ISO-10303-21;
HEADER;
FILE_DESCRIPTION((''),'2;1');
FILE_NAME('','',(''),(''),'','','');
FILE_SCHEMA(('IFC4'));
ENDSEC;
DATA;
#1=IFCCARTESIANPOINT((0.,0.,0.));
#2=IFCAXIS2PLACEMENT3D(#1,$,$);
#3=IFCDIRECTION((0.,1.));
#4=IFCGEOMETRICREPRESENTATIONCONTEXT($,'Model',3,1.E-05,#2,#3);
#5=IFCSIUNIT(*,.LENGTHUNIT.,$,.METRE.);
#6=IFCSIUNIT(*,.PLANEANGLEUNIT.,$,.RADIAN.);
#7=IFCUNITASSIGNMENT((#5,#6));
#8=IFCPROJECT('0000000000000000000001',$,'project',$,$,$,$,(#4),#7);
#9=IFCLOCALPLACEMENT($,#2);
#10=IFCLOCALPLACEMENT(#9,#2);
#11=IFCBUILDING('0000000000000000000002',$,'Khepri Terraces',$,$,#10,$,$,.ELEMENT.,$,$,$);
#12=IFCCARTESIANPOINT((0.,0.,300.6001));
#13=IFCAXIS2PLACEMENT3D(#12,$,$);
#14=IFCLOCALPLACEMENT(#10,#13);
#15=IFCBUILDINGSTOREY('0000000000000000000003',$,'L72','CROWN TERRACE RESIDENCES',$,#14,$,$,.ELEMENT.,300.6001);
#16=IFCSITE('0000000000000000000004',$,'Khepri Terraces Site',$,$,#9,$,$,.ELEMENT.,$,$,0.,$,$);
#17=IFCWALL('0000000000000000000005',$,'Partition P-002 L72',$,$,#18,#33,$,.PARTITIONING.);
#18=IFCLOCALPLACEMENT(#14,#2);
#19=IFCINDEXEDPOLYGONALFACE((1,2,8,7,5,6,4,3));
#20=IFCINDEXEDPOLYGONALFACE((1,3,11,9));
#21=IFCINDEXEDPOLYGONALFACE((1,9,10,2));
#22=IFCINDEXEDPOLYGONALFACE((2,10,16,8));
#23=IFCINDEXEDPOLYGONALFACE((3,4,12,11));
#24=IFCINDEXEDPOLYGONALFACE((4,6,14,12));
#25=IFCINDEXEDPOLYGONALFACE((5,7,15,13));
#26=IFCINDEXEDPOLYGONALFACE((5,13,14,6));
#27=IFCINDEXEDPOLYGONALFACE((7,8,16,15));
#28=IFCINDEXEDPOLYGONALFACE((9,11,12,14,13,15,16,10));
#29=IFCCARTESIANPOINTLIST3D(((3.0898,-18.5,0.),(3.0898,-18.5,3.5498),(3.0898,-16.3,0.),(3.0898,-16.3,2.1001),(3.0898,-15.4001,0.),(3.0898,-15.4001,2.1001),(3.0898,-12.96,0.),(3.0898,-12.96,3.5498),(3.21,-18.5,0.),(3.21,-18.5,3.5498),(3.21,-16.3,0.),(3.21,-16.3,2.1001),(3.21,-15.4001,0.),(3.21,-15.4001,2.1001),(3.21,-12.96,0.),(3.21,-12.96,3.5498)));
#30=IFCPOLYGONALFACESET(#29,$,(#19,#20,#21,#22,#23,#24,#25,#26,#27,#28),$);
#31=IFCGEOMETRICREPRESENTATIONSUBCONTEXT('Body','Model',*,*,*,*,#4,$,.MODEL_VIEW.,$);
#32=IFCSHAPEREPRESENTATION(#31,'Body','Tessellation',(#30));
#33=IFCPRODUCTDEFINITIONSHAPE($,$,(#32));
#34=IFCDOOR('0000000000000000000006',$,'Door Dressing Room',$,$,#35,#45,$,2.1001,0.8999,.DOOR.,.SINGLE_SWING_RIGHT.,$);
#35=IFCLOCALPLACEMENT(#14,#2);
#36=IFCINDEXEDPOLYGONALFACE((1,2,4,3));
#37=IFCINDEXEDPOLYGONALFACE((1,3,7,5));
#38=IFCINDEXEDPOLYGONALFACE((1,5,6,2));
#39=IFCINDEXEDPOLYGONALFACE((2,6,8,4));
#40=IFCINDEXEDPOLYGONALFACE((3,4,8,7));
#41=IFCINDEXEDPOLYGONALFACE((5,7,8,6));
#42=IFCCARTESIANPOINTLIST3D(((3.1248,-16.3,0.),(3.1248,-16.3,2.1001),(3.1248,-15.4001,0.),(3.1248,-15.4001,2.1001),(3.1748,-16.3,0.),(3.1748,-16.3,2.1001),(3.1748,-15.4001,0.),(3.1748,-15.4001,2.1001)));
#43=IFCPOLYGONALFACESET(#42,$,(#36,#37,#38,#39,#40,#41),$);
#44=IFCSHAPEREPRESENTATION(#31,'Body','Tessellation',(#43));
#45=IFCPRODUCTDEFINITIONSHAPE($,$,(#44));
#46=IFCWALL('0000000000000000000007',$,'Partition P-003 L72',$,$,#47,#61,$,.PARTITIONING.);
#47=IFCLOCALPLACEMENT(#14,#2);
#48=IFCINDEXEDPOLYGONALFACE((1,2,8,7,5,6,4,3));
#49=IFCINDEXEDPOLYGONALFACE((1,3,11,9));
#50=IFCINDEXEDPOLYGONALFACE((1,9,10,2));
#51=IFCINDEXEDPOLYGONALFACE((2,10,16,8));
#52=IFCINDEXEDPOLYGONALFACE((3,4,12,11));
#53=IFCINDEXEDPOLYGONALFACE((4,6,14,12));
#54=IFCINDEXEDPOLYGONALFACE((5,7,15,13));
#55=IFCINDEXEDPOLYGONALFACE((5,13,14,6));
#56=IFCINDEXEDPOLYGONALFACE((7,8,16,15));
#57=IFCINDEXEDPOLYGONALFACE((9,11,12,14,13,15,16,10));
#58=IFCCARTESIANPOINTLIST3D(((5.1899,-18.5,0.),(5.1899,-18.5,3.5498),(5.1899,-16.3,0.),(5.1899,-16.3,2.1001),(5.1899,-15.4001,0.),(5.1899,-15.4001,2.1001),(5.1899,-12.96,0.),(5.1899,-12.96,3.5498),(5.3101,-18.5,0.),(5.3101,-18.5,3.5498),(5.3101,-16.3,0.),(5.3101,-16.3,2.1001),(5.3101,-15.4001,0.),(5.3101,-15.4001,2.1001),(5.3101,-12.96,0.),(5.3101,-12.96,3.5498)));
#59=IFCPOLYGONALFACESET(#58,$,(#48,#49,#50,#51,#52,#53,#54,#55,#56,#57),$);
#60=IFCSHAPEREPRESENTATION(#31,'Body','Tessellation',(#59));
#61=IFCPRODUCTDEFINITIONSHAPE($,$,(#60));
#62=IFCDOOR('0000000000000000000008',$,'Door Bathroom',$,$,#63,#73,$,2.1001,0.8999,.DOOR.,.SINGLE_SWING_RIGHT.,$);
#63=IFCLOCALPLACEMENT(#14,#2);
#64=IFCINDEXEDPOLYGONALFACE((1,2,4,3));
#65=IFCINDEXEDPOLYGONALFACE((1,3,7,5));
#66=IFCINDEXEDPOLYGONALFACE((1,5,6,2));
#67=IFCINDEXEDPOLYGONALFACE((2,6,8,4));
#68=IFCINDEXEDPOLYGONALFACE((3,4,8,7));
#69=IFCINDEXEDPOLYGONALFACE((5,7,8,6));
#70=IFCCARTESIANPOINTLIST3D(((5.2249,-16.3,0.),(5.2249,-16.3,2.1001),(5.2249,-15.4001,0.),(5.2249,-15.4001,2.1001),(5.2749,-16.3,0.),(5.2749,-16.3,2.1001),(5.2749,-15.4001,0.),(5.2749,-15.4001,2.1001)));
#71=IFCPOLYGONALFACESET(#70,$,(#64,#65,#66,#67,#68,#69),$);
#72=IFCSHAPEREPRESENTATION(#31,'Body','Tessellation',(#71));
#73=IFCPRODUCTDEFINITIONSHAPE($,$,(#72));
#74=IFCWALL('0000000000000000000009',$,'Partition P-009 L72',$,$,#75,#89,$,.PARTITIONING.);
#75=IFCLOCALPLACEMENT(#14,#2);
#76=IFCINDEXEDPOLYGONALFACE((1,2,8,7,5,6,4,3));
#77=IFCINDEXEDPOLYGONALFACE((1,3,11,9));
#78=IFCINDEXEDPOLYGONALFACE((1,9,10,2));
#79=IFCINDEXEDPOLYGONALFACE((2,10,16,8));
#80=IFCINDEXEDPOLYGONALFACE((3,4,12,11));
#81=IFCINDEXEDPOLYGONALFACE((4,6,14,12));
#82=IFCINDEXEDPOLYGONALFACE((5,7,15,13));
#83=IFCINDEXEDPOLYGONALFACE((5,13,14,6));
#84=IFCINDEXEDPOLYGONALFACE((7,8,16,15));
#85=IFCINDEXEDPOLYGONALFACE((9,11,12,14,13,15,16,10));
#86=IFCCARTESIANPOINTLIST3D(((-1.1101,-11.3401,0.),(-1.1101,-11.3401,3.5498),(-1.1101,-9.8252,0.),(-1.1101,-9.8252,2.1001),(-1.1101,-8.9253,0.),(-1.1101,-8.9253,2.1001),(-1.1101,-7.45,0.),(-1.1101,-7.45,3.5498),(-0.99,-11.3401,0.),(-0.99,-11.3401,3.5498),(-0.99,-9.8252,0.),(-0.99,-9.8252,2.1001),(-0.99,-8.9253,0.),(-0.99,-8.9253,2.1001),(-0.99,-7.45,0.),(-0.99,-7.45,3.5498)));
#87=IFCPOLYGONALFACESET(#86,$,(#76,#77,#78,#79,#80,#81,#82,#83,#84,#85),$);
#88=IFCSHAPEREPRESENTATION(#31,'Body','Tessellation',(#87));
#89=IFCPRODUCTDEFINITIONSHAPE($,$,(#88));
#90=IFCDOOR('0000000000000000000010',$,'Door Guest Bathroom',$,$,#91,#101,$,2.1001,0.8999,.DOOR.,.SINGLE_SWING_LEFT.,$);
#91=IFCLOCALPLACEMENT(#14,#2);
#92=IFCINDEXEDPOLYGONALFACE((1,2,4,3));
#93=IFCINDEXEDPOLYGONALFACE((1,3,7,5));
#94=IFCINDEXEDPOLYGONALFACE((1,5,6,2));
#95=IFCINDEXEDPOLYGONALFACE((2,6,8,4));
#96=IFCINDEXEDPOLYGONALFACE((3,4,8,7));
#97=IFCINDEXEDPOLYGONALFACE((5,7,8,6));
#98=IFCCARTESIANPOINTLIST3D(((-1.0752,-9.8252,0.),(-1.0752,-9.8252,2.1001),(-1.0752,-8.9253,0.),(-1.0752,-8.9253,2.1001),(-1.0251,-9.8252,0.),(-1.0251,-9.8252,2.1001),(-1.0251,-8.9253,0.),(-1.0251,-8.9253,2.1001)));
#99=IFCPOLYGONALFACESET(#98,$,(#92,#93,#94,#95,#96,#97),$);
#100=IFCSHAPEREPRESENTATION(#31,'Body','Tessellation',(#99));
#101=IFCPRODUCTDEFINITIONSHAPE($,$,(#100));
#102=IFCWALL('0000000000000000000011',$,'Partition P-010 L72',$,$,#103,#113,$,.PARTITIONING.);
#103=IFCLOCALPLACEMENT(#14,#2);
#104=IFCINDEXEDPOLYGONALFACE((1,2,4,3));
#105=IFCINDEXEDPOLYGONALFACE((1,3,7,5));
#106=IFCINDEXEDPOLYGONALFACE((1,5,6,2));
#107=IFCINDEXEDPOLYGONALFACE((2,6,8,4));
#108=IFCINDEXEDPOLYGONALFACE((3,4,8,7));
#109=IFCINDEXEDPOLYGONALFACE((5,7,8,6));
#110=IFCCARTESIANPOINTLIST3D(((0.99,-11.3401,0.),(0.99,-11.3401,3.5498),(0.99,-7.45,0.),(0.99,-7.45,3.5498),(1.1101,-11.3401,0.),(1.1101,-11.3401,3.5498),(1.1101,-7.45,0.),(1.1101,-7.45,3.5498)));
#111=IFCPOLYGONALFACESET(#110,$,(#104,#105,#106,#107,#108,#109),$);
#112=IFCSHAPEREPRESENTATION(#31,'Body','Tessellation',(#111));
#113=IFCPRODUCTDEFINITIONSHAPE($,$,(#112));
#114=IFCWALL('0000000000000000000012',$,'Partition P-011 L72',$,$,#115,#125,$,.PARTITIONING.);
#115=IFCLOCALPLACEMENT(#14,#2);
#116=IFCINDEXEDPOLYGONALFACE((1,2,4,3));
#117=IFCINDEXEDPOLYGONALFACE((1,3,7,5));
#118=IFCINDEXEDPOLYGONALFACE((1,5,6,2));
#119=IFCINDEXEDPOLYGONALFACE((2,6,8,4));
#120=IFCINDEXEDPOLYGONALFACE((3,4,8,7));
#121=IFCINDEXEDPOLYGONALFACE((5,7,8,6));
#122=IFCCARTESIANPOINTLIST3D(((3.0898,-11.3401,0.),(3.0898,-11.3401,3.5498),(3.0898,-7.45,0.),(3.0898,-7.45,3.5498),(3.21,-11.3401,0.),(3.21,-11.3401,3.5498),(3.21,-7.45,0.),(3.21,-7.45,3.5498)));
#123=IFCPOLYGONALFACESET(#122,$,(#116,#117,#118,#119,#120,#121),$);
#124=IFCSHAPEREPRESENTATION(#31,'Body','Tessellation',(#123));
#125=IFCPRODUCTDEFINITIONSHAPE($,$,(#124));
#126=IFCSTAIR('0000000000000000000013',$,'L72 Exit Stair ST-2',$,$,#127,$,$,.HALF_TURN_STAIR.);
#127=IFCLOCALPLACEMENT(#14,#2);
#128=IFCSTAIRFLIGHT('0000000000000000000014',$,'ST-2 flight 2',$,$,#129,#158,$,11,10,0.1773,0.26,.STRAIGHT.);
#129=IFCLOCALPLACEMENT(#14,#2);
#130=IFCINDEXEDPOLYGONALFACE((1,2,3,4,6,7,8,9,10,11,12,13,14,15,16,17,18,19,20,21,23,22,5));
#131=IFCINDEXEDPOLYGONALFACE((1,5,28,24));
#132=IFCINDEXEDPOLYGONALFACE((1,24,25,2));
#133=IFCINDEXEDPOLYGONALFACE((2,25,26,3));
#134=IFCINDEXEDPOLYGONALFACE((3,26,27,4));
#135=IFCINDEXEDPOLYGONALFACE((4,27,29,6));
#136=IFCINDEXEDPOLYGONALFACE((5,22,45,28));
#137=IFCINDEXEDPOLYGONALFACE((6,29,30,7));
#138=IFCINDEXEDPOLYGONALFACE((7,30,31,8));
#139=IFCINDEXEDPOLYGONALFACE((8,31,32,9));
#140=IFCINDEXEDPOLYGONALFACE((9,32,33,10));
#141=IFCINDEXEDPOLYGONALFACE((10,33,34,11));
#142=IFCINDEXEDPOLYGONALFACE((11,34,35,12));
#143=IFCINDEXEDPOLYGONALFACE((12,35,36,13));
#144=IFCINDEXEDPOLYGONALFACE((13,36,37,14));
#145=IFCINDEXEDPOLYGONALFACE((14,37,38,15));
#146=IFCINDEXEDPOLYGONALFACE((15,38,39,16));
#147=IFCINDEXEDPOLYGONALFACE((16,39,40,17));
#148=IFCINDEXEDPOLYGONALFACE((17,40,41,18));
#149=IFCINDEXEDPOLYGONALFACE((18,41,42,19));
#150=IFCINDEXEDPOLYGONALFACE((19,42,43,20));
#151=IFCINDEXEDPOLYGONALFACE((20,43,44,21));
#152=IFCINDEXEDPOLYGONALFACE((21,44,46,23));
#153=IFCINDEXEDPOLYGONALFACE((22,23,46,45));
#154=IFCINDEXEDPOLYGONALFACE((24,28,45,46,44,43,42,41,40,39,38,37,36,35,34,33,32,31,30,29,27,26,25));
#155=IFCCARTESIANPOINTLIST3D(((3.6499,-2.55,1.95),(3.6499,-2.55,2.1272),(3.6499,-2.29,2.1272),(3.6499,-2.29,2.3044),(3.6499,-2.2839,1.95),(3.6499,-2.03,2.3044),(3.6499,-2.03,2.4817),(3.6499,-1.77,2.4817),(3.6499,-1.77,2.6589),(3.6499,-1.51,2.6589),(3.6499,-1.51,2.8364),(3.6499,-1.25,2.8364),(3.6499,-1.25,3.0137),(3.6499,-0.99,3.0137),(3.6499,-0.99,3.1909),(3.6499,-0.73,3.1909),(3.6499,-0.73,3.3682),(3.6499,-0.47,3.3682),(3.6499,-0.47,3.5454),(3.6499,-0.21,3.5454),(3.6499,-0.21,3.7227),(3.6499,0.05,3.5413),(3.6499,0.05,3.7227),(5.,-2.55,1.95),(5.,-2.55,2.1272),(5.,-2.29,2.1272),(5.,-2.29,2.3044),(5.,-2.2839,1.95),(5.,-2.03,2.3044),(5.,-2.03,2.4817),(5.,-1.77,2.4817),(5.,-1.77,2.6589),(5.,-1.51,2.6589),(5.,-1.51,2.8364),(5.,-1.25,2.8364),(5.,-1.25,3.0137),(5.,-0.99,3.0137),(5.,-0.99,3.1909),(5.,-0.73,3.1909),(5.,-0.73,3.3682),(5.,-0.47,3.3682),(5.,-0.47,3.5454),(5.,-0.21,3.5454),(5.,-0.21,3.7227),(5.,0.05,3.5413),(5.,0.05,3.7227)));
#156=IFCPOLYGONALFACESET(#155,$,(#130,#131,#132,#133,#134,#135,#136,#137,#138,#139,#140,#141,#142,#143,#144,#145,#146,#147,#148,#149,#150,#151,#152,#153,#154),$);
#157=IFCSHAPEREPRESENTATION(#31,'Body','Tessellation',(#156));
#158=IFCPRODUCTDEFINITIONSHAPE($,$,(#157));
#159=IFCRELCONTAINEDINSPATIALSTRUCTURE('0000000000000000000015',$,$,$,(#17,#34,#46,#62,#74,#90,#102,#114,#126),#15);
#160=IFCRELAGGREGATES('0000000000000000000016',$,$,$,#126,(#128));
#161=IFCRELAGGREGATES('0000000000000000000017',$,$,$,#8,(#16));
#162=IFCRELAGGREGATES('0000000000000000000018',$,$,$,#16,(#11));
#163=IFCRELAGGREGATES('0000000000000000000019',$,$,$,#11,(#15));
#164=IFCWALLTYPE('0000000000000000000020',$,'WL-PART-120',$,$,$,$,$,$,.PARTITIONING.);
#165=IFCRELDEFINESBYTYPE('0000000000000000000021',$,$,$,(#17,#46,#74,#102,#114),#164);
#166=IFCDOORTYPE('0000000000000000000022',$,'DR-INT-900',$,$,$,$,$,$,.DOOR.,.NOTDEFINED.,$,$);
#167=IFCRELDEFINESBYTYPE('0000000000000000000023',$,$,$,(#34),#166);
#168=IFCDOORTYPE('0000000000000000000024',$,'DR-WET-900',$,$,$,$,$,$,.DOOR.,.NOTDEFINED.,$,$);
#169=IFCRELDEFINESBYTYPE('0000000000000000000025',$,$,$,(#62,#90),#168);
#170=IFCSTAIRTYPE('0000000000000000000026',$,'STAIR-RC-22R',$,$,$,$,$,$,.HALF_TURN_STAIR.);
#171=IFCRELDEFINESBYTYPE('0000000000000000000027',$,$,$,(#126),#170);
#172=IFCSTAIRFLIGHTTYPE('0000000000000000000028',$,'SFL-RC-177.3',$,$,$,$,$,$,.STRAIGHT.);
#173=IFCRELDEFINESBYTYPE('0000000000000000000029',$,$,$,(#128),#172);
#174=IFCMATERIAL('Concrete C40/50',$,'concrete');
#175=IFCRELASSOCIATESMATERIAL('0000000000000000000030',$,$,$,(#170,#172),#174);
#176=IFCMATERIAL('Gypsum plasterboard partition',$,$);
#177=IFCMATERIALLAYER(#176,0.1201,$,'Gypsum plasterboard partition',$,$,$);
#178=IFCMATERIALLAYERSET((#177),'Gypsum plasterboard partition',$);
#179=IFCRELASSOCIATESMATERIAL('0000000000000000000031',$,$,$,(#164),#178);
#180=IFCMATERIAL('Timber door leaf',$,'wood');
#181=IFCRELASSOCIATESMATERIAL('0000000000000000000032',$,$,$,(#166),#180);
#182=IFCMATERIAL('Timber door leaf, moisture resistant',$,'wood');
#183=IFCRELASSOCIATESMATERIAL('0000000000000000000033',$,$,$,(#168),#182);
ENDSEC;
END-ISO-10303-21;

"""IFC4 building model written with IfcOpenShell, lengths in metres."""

from ifc_helpers import new_model, si_unit, direction, frame, frame_2d, origin, place, context, subcontext, project, spatial, polyline, rectangle, outline, extrude, material, layer, layer_set, type_object, element, fill, aggregate, save


model = new_model("IFC4")

# Units and contexts
model_context = context("Model", 3, precision=1e-05, world=origin(), true_north=direction((0.0, 1.0)))
body_context = subcontext(model_context, "Body", "Model", "MODEL_VIEW")
ifc_project = project(units=[si_unit("LENGTHUNIT", "METRE"), si_unit("PLANEANGLEUNIT", "RADIAN")], contexts=[model_context])

# Site, building, storey
site_placement = place(None, origin())
site = spatial("IfcSite", under=ifc_project, at=site_placement, Name="Khepri Terraces Site", CompositionType="ELEMENT", RefElevation=0.0)
building_placement = place(site_placement, origin())
building = spatial("IfcBuilding", under=site, at=building_placement, Name="Khepri Terraces", CompositionType="ELEMENT")
storey_placement = place(building_placement, frame((0.0, 0.0, 300.6001)))
storey = spatial("IfcBuildingStorey", under=building, at=storey_placement, Name="L72", Description="CROWN TERRACE RESIDENCES", CompositionType="ELEMENT", Elevation=300.6001)

# Shared definitions
ifc_material_1 = material(Name="Concrete C40/50", Category="concrete")

# Shared definitions
stair_type = type_object("IfcStairType", Name="STAIR-RC-22R", PredefinedType="HALF_TURN_STAIR", material=ifc_material_1)

# Walls, openings, doors
ifc_material_2 = material(Name="Gypsum plasterboard partition")
ifc_layer_1 = layer(ifc_material_2, 0.1201, Name="Gypsum plasterboard partition")
ifc_layer_set_1 = layer_set([ifc_layer_1], Name="Gypsum plasterboard partition")
wall_type_1 = type_object("IfcWallType", Name="WL-PART-120", PredefinedType="PARTITIONING", material=ifc_layer_set_1)
wall_1_placement = place(storey_placement, frame((3.1499, -18.5, 0.0), z_axis=(0.0, 0.0, 1.0), x_axis=(0.0, 1.0, 0.0)))
wall_1 = element("IfcWall", 1, at=wall_1_placement, inside=storey, type_object=wall_type_1, Name="Partition P-002 L72", PredefinedType="PARTITIONING", context=body_context, shape_type="SweptSolid", body=[
    extrude(rectangle(XDim=5.54, YDim=0.1201, at=frame_2d((2.77, 0.0))), origin(), (0.0, 0.0, 1.0), 3.5498),
])
opening_1_placement = place(wall_1_placement, frame((2.2, 0.0, 0.0)))
opening_1 = element("IfcOpeningElement", 2, at=opening_1_placement, cuts=wall_1, PredefinedType="OPENING", context=body_context, shape_type="SweptSolid", body=[
    extrude(rectangle(XDim=0.8999, YDim=2.1001, at=frame_2d((0.45, 1.05))), frame((0.0, 0.0701, 0.0), z_axis=(0.0, -1.0, 0.0), x_axis=(1.0, 0.0, 0.0)), (0.0, 0.0, 1.0), 0.1401),
])
ifc_material_3 = material(Name="Timber door leaf", Category="wood")
door_type_1 = type_object("IfcDoorType", Name="DR-INT-900", OperationType="NOTDEFINED", PredefinedType="DOOR", material=ifc_material_3)
door_1_placement = place(opening_1_placement, frame((0.8999, 0.0, 0.0), z_axis=(0.0, 0.0, 1.0), x_axis=(-1.0, 0.0, 0.0)))
door_1 = element("IfcDoor", 3, at=door_1_placement, inside=storey, type_object=door_type_1, Name="Door Dressing Room", OperationType="SINGLE_SWING_RIGHT", OverallHeight=2.1001, OverallWidth=0.8999, PredefinedType="DOOR", context=body_context, shape_type="SweptSolid", body=[
    extrude(rectangle(XDim=0.8999, YDim=2.1001, at=frame_2d((0.45, 1.05))), frame((0.0, 0.0249, 0.0), z_axis=(0.0, -1.0, 0.0), x_axis=(1.0, 0.0, 0.0)), (0.0, 0.0, 1.0), 0.05),
])
fill(opening_1, door_1)
wall_2_placement = place(storey_placement, frame((5.25, -18.5, 0.0), z_axis=(0.0, 0.0, 1.0), x_axis=(0.0, 1.0, 0.0)))
wall_2 = element("IfcWall", 4, at=wall_2_placement, inside=storey, type_object=wall_type_1, Name="Partition P-003 L72", PredefinedType="PARTITIONING", context=body_context, shape_type="SweptSolid", body=[
    extrude(rectangle(XDim=5.54, YDim=0.1201, at=frame_2d((2.77, 0.0))), origin(), (0.0, 0.0, 1.0), 3.5498),
])
opening_2_placement = place(wall_2_placement, frame((2.2, 0.0, 0.0)))
opening_2 = element("IfcOpeningElement", 5, at=opening_2_placement, cuts=wall_2, PredefinedType="OPENING", context=body_context, shape_type="SweptSolid", body=[
    extrude(rectangle(XDim=0.8999, YDim=2.1001, at=frame_2d((0.45, 1.05))), frame((0.0, 0.0701, 0.0), z_axis=(0.0, -1.0, 0.0), x_axis=(1.0, 0.0, 0.0)), (0.0, 0.0, 1.0), 0.1401),
])
ifc_material_4 = material(Name="Timber door leaf, moisture resistant", Category="wood")
door_type_2 = type_object("IfcDoorType", Name="DR-WET-900", OperationType="NOTDEFINED", PredefinedType="DOOR", material=ifc_material_4)
door_2_placement = place(opening_2_placement, frame((0.8999, 0.0, 0.0), z_axis=(0.0, 0.0, 1.0), x_axis=(-1.0, 0.0, 0.0)))
door_2 = element("IfcDoor", 6, at=door_2_placement, inside=storey, type_object=door_type_2, Name="Door Bathroom", OperationType="SINGLE_SWING_RIGHT", OverallHeight=2.1001, OverallWidth=0.8999, PredefinedType="DOOR", context=body_context, shape_type="SweptSolid", body=[
    extrude(rectangle(XDim=0.8999, YDim=2.1001, at=frame_2d((0.45, 1.05))), frame((0.0, 0.0249, 0.0), z_axis=(0.0, -1.0, 0.0), x_axis=(1.0, 0.0, 0.0)), (0.0, 0.0, 1.0), 0.05),
])
fill(opening_2, door_2)
wall_3_placement = place(storey_placement, frame((-1.05, -11.3401, 0.0), z_axis=(0.0, 0.0, 1.0), x_axis=(0.0, 1.0, 0.0)))
wall_3 = element("IfcWall", 7, at=wall_3_placement, inside=storey, type_object=wall_type_1, Name="Partition P-009 L72", PredefinedType="PARTITIONING", context=body_context, shape_type="SweptSolid", body=[
    extrude(rectangle(XDim=3.8901, YDim=0.1201, at=frame_2d((1.9451, 0.0))), origin(), (0.0, 0.0, 1.0), 3.5498),
])
opening_3_placement = place(wall_3_placement, frame((1.5149, 0.0, 0.0)))
opening_3 = element("IfcOpeningElement", 8, at=opening_3_placement, cuts=wall_3, PredefinedType="OPENING", context=body_context, shape_type="SweptSolid", body=[
    extrude(rectangle(XDim=0.8999, YDim=2.1001, at=frame_2d((0.45, 1.05))), frame((0.0, 0.0701, 0.0), z_axis=(0.0, -1.0, 0.0), x_axis=(1.0, 0.0, 0.0)), (0.0, 0.0, 1.0), 0.1401),
])
door_3_placement = place(opening_3_placement, frame((0.8999, 0.0, 0.0), z_axis=(0.0, 0.0, 1.0), x_axis=(-1.0, 0.0, 0.0)))
door_3 = element("IfcDoor", 9, at=door_3_placement, inside=storey, type_object=door_type_2, Name="Door Guest Bathroom", OperationType="SINGLE_SWING_LEFT", OverallHeight=2.1001, OverallWidth=0.8999, PredefinedType="DOOR", context=body_context, shape_type="SweptSolid", body=[
    extrude(rectangle(XDim=0.8999, YDim=2.1001, at=frame_2d((0.45, 1.05))), frame((0.0, 0.0249, 0.0), z_axis=(0.0, -1.0, 0.0), x_axis=(1.0, 0.0, 0.0)), (0.0, 0.0, 1.0), 0.05),
])
fill(opening_3, door_3)

# Walls
for number, where, z_axis, x_axis, name in (
    (10, (1.05, -11.3401, 0.0), (0.0, 0.0, 1.0), (0.0, 1.0, 0.0), "Partition P-010 L72"),
    (11, (3.1499, -11.3401, 0.0), (0.0, 0.0, 1.0), (0.0, 1.0, 0.0), "Partition P-011 L72"),
):
    element("IfcWall", number, at=place(storey_placement, frame(where, z_axis=z_axis, x_axis=x_axis)), inside=storey, type_object=wall_type_1, Name=name, PredefinedType="PARTITIONING", context=body_context, shape_type="SweptSolid", body=[
        extrude(rectangle(XDim=3.8901, YDim=0.1201, at=frame_2d((1.9451, 0.0))), origin(), (0.0, 0.0, 1.0), 3.5498),
    ])

# Stair, stair flight
stair_1_placement = place(storey_placement, origin())
stair_1 = element("IfcStair", 12, at=stair_1_placement, inside=storey, type_object=stair_type, Name="L72 Exit Stair ST-2", PredefinedType="HALF_TURN_STAIR")
stair_flight_type = type_object("IfcStairFlightType", Name="SFL-RC-177.3", PredefinedType="STRAIGHT", material=ifc_material_1)
stair_flight_placement = place(storey_placement, frame((4.325, -2.55, 1.95), z_axis=(0.0, 0.0, 1.0), x_axis=(0.0, 1.0, 0.0)))
stair_flight = element("IfcStairFlight", 13, at=stair_flight_placement, type_object=stair_flight_type, Name="ST-2 flight 2", NumberOfRisers=11, NumberOfTreads=10, PredefinedType="STRAIGHT", RiserHeight=0.1773, TreadLength=0.26, context=body_context, shape_type="SweptSolid", body=[
    extrude(outline(polyline([(0.0, 0.0), (0.0, 0.1772), (0.26, 0.1772), (0.26, 0.3545), (0.52, 0.3545), (0.52, 0.5317), (0.78, 0.5317), (0.78, 0.709), (1.04, 0.709), (1.04, 0.8865), (1.3, 0.8865), (1.3, 1.0637), (1.5601, 1.0637), (1.5601, 1.241), (1.8201, 1.241), (1.8201, 1.4182), (2.0801, 1.4182), (2.0801, 1.5955), (2.3401, 1.5955), (2.3401, 1.7727), (2.6001, 1.7727), (2.6001, 1.95), (2.6001, 1.5913), (0.2661, 0.0), (0.0, 0.0)])), frame((0.0, 0.675, 0.0), z_axis=(0.0, -1.0, 0.0), x_axis=(1.0, 0.0, 0.0)), (0.0, 0.0, 1.0), 1.3501),
])
aggregate(stair_1, [stair_flight])

save(model, "model.ifc")
